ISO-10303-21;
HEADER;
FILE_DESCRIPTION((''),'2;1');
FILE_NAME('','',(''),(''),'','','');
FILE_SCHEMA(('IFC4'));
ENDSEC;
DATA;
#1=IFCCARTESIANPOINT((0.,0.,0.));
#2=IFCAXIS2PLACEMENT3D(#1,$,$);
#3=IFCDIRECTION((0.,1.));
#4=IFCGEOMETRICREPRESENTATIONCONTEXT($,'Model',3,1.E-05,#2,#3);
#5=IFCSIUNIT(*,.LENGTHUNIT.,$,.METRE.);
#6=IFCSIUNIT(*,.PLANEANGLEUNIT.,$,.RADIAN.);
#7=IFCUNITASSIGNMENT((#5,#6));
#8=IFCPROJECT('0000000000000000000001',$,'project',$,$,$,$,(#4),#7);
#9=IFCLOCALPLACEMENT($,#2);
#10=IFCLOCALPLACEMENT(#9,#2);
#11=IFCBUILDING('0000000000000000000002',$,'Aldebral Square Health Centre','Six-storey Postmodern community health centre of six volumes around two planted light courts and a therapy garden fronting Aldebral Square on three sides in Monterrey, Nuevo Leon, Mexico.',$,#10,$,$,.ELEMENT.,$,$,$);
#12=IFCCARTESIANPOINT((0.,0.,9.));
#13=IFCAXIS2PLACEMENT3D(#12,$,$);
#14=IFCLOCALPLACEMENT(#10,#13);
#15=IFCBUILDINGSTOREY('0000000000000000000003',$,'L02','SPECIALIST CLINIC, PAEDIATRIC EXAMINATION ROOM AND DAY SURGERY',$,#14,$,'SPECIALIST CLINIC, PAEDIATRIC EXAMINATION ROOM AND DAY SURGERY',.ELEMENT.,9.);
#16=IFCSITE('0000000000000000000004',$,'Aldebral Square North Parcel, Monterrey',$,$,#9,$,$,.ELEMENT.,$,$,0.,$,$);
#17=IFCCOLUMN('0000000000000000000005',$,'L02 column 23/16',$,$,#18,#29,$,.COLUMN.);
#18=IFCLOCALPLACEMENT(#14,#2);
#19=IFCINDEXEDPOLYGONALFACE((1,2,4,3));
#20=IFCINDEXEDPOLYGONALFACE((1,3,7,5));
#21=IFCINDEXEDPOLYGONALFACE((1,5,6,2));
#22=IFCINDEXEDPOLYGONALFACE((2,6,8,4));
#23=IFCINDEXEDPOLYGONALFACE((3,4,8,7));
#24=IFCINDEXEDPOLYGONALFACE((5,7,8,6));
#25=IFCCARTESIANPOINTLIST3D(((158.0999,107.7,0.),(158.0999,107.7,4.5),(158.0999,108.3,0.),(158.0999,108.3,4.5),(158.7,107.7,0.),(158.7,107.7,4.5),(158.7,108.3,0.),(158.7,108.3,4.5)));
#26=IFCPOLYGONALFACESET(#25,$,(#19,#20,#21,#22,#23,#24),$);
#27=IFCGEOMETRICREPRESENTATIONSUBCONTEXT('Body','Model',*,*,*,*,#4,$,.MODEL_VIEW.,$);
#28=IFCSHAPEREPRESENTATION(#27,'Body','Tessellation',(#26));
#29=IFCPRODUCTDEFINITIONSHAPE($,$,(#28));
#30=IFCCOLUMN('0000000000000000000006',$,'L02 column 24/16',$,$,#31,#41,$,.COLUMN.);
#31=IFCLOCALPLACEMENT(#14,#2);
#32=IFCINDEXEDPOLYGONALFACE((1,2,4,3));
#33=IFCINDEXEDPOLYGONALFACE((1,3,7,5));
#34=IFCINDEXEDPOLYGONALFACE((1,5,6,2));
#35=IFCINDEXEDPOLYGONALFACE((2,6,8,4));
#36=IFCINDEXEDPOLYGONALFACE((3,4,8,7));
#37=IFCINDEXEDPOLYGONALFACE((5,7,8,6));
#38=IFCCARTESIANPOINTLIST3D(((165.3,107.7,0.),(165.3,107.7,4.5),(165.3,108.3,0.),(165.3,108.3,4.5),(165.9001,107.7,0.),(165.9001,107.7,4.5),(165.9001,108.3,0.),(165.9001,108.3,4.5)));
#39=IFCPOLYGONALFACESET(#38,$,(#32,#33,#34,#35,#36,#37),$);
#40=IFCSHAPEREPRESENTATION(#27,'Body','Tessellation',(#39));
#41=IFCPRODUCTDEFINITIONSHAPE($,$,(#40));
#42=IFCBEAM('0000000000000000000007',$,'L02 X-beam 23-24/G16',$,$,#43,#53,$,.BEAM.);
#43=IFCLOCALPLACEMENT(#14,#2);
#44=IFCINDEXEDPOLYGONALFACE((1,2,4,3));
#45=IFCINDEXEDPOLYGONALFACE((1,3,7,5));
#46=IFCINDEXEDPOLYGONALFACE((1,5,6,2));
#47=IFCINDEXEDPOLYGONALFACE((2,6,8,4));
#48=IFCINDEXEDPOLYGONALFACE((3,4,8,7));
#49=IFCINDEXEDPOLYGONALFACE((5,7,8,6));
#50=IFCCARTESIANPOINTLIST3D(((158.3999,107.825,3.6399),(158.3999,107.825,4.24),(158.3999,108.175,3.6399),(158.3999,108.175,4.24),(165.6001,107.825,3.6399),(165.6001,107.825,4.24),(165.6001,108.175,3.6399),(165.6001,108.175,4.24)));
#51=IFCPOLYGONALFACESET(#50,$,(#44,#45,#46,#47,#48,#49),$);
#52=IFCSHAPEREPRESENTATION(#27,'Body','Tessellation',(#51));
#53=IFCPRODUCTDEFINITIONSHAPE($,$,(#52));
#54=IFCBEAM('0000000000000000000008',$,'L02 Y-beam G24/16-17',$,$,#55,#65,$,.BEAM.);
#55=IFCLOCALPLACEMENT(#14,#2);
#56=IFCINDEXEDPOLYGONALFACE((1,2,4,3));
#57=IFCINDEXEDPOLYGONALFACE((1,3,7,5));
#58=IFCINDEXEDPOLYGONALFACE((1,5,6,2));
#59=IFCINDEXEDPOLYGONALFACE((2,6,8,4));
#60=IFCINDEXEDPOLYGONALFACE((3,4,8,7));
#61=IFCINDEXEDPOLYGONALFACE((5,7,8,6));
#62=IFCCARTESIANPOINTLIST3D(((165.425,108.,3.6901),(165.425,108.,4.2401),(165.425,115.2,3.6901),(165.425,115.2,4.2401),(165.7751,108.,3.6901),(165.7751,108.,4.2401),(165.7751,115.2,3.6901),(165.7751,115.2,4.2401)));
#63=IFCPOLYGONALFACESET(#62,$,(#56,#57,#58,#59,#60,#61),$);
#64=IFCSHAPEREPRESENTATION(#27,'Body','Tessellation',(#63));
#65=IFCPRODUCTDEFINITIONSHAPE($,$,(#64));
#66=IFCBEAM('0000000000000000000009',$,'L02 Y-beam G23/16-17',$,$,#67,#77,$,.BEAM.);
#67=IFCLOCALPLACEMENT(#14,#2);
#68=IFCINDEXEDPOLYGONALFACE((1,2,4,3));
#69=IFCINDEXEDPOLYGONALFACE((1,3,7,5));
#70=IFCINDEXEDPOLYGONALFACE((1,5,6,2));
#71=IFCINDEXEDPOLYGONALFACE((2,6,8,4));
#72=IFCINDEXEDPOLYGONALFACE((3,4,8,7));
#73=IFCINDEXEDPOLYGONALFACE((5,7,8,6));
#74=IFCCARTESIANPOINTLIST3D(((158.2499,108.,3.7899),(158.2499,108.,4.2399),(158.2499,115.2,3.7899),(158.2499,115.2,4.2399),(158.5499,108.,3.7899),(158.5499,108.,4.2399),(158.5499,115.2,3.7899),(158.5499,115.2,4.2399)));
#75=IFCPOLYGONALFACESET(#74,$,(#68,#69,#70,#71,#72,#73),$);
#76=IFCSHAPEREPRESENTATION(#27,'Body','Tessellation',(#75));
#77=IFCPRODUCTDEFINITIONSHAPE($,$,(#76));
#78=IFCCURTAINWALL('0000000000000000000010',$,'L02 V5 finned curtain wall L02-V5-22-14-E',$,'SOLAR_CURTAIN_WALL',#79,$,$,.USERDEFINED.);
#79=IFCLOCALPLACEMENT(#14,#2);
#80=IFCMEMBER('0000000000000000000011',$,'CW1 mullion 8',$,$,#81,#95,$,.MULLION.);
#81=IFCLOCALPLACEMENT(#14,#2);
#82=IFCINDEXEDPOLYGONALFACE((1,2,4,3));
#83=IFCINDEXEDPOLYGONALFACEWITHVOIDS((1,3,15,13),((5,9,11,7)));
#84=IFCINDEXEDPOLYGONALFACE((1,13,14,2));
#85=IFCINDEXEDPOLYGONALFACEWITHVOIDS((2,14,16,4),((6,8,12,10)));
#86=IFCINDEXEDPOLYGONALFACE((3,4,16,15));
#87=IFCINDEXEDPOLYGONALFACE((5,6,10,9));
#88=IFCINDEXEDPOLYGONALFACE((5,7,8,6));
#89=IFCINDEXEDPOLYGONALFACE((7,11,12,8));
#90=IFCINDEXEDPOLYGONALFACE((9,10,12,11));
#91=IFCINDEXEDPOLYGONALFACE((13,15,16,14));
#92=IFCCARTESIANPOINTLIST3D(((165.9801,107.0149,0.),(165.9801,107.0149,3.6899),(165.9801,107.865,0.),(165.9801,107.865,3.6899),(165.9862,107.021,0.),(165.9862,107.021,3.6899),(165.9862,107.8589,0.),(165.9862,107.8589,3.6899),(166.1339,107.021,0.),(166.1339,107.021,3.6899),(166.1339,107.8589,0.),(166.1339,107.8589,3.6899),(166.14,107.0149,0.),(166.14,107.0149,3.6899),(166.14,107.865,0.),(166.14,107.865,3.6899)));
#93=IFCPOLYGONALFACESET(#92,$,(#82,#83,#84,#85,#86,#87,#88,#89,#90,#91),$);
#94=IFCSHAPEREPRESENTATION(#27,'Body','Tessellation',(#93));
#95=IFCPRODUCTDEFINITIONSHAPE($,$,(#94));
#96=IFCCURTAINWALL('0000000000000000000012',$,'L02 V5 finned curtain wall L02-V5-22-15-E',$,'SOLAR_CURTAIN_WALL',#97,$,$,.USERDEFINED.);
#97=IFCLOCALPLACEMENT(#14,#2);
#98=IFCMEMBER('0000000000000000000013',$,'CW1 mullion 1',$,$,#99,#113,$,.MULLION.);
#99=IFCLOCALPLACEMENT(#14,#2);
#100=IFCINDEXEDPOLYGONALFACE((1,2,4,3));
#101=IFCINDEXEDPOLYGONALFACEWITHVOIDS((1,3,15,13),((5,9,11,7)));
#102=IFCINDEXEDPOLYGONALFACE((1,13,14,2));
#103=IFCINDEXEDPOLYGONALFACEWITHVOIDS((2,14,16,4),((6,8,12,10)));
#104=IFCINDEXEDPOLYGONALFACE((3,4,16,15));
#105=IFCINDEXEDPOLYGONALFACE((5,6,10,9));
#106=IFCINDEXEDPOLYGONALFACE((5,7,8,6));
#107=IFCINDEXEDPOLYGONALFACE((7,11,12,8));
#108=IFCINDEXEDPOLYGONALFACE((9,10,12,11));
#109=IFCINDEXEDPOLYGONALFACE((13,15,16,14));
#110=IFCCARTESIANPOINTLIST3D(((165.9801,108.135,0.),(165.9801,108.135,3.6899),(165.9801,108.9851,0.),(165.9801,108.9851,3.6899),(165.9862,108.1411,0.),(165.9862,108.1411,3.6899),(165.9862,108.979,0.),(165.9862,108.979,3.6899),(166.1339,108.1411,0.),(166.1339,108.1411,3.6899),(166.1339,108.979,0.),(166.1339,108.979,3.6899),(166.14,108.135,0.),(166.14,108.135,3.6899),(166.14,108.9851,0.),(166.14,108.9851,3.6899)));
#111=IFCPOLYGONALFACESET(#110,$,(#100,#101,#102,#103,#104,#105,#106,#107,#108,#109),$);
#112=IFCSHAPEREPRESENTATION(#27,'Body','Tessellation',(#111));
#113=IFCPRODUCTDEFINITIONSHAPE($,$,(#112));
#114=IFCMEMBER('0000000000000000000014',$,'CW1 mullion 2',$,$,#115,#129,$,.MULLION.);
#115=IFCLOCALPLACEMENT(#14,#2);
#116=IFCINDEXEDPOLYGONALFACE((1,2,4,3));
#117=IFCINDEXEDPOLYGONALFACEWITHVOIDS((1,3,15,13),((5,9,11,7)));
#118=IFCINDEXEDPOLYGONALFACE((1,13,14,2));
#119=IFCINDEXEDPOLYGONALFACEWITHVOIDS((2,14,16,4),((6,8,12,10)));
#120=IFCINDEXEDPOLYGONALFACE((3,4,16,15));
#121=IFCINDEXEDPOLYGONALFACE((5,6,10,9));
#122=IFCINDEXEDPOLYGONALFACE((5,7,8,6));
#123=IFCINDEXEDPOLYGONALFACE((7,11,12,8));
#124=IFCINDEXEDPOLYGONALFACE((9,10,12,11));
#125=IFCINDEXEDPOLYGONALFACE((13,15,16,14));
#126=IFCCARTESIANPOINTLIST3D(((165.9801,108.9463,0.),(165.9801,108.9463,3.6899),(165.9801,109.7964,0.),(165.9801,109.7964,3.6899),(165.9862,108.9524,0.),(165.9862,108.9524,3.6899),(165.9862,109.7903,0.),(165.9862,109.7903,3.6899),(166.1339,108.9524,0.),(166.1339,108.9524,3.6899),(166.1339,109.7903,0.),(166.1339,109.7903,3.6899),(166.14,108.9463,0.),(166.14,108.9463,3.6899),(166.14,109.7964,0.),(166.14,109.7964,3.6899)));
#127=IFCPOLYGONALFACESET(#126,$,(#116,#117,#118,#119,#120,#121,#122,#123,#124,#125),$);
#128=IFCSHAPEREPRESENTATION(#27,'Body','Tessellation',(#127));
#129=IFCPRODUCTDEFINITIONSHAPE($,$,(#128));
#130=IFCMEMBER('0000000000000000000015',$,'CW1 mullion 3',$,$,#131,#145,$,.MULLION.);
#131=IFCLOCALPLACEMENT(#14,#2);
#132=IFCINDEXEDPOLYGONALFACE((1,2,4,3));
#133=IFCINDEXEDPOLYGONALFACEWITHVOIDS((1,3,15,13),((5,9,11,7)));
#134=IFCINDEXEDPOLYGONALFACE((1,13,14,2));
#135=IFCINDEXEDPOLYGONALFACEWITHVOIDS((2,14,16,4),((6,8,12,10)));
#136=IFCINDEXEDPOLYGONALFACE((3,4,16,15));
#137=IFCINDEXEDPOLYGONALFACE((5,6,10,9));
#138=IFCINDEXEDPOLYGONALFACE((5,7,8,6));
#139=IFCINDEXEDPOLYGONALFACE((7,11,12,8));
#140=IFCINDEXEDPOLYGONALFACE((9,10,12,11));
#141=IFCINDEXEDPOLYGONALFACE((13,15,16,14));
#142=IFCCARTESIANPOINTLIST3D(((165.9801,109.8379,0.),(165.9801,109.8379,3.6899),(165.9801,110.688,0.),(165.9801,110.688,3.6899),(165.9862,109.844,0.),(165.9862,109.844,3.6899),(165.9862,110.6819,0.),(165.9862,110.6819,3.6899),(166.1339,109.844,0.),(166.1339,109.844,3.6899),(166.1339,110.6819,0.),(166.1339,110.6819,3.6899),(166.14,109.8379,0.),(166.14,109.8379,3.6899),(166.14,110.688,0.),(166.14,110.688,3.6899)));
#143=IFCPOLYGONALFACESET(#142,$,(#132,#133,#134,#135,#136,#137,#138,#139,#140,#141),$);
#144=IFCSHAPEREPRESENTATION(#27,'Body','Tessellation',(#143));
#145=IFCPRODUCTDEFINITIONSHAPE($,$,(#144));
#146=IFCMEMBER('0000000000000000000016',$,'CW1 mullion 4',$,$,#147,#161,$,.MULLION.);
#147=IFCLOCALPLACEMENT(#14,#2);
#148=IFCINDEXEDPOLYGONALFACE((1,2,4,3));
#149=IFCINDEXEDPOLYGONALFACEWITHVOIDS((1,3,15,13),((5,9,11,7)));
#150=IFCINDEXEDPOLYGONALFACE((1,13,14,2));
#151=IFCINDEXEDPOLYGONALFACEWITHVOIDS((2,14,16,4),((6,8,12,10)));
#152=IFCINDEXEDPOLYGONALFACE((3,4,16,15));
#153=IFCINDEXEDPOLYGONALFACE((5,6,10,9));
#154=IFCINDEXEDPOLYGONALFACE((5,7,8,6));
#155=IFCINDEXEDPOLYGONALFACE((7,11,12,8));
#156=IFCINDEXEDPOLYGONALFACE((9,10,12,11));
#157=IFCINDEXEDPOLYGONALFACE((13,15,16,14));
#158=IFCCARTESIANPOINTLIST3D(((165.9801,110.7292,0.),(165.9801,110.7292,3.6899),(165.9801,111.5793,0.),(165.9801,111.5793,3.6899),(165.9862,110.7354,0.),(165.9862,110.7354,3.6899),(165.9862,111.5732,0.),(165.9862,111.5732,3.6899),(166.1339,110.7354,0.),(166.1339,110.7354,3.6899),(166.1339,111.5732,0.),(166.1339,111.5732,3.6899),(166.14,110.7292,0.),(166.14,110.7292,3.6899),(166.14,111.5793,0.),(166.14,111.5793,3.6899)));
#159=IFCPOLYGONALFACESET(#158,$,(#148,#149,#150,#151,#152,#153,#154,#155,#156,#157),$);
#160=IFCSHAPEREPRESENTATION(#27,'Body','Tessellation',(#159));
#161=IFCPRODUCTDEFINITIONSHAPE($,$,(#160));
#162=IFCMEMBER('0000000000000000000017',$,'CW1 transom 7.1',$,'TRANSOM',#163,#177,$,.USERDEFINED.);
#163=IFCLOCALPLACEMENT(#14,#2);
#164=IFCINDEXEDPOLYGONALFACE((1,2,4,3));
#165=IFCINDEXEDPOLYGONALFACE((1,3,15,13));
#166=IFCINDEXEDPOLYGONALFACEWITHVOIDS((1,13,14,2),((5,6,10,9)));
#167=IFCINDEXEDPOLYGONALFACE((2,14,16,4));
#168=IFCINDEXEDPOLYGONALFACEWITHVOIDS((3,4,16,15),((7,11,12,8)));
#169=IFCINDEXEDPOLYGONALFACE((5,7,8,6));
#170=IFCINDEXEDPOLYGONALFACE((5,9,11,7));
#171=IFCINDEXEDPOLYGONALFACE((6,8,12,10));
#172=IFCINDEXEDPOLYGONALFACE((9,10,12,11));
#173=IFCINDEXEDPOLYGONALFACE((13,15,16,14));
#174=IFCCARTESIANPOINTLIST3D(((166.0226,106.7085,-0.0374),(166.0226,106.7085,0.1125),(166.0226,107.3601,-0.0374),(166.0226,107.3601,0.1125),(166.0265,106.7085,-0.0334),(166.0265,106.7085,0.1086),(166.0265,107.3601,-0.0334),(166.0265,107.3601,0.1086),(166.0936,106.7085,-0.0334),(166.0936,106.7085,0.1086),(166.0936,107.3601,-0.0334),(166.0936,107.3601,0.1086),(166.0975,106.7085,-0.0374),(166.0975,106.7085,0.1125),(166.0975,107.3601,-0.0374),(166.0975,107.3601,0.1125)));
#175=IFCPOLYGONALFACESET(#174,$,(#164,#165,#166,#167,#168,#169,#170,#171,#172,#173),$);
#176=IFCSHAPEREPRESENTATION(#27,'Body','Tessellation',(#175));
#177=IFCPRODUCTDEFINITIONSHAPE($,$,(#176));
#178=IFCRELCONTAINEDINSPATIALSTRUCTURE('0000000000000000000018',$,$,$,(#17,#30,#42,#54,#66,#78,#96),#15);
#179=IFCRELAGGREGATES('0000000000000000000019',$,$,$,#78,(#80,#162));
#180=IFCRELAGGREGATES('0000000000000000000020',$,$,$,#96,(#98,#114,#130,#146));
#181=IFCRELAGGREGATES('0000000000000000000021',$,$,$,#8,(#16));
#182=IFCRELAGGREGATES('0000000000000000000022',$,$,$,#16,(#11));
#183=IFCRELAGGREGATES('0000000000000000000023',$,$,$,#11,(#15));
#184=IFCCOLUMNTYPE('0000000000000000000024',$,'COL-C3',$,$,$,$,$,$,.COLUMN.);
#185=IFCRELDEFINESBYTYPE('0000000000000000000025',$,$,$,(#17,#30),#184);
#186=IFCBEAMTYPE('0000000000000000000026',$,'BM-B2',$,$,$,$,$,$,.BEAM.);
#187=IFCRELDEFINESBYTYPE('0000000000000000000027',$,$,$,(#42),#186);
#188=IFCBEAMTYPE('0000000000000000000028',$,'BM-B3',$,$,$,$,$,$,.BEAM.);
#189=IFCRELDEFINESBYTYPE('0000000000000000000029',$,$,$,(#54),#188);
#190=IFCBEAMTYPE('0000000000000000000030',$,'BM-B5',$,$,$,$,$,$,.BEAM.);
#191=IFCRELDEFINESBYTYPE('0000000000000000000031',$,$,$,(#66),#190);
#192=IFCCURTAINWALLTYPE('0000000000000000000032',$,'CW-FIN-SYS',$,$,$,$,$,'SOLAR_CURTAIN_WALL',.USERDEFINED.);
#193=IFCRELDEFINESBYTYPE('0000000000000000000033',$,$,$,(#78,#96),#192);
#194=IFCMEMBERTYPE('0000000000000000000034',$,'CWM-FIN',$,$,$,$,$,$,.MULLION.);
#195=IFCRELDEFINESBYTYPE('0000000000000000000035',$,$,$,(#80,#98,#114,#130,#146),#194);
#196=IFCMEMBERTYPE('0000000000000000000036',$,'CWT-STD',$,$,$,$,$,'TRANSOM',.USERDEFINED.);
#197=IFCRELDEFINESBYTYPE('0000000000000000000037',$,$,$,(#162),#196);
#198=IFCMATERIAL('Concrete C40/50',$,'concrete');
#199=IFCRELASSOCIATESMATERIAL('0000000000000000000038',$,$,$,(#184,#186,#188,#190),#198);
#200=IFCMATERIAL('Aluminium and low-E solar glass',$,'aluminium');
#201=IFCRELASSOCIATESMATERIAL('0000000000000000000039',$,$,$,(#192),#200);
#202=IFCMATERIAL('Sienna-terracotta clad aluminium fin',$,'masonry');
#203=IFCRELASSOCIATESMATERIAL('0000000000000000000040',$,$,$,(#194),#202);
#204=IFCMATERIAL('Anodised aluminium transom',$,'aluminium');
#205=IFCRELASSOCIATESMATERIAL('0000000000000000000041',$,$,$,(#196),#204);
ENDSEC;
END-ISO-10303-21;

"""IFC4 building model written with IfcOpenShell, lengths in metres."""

from ifc_helpers import new_model, si_unit, direction, frame, origin, origin_2d, place, context, subcontext, project, spatial, rectangle, hollow_rectangle, extrude, material, material_profile, profile_set, type_object, element, aggregate, save


model = new_model("IFC4")

# Units and contexts
model_context = context("Model", 3, precision=1e-05, world=origin(), true_north=direction((0.0, 1.0)))
body_context = subcontext(model_context, "Body", "Model", "MODEL_VIEW")
ifc_project = project(units=[si_unit("LENGTHUNIT", "METRE"), si_unit("PLANEANGLEUNIT", "RADIAN")], contexts=[model_context])

# Site, building, storey
site_placement = place(None, origin())
site = spatial("IfcSite", under=ifc_project, at=site_placement, Name="Aldebral Square North Parcel, Monterrey", CompositionType="ELEMENT", RefElevation=0.0)
building_placement = place(site_placement, origin())
building = spatial("IfcBuilding", under=site, at=building_placement, Name="Aldebral Square Health Centre", Description="Six-storey Postmodern community health centre of six volumes around two planted light courts and a therapy garden fronting Aldebral Square on three sides in Monterrey, Nuevo Leon, Mexico.", CompositionType="ELEMENT")
storey_placement = place(building_placement, frame((0.0, 0.0, 9.0)))
storey = spatial("IfcBuildingStorey", under=building, at=storey_placement, Name="L02", Description="SPECIALIST CLINIC, PAEDIATRIC EXAMINATION ROOM AND DAY SURGERY", LongName="SPECIALIST CLINIC, PAEDIATRIC EXAMINATION ROOM AND DAY SURGERY", CompositionType="ELEMENT", Elevation=9.0)

# Columns
ifc_material_1 = material(Name="Concrete C40/50", Category="concrete")
ifc_material_profile_1 = material_profile(ifc_material_1, rectangle(XDim=0.6001, YDim=0.6001, at=origin_2d()), Name="RC 600x600")
ifc_profile_set_1 = profile_set([ifc_material_profile_1], Name="Concrete C40/50")
column_type = type_object("IfcColumnType", Name="COL-C3", PredefinedType="COLUMN", material=ifc_profile_set_1)
for number, where, z_axis, x_axis, name in (
    (1, (158.3999, 108.0, 0.0), (0.0, 0.0, 1.0), (1.0, 0.0, 0.0), "L02 column 23/16"),
    (2, (165.6001, 108.0, 0.0), (0.0, 0.0, 1.0), (1.0, 0.0, 0.0), "L02 column 24/16"),
):
    element("IfcColumn", number, at=place(storey_placement, frame(where, z_axis=z_axis, x_axis=x_axis)), inside=storey, type_object=column_type, Name=name, PredefinedType="COLUMN", context=body_context, shape_type="SweptSolid", body=[
        extrude(rectangle(XDim=0.6001, YDim=0.6001, at=origin_2d()), origin(), (0.0, 0.0, 1.0), 4.5),
    ])

# Beams
ifc_material_profile_2 = material_profile(ifc_material_1, rectangle(XDim=0.3501, YDim=0.6001, at=origin_2d()), Name="RC 350x600")
ifc_profile_set_2 = profile_set([ifc_material_profile_2], Name="Concrete C40/50")
beam_type_1 = type_object("IfcBeamType", Name="BM-B2", PredefinedType="BEAM", material=ifc_profile_set_2)
beam_1_placement = place(storey_placement, frame((158.3999, 108.0, 3.9399), z_axis=(1.0, 0.0, 0.0), x_axis=(0.0, 1.0, 0.0)))
element("IfcBeam", 3, at=beam_1_placement, inside=storey, type_object=beam_type_1, Name="L02 X-beam 23-24/G16", PredefinedType="BEAM", context=body_context, shape_type="SweptSolid", body=[
    extrude(rectangle(XDim=0.3501, YDim=0.6001, at=origin_2d()), origin(), (0.0, 0.0, 1.0), 7.2002),
])
ifc_material_profile_3 = material_profile(ifc_material_1, rectangle(XDim=0.3501, YDim=0.55, at=origin_2d()), Name="RC 350x550")
ifc_profile_set_3 = profile_set([ifc_material_profile_3], Name="Concrete C40/50")
beam_type_2 = type_object("IfcBeamType", Name="BM-B3", PredefinedType="BEAM", material=ifc_profile_set_3)
beam_2_placement = place(storey_placement, frame((165.6001, 108.0, 3.9651), z_axis=(0.0, 1.0, 0.0), x_axis=(-1.0, 0.0, 0.0)))
element("IfcBeam", 4, at=beam_2_placement, inside=storey, type_object=beam_type_2, Name="L02 Y-beam G24/16-17", PredefinedType="BEAM", context=body_context, shape_type="SweptSolid", body=[
    extrude(rectangle(XDim=0.3501, YDim=0.55, at=origin_2d()), origin(), (0.0, 0.0, 1.0), 7.2),
])
ifc_material_profile_4 = material_profile(ifc_material_1, rectangle(XDim=0.3, YDim=0.45, at=origin_2d()), Name="RC 300x450")
ifc_profile_set_4 = profile_set([ifc_material_profile_4], Name="Concrete C40/50")
beam_type_3 = type_object("IfcBeamType", Name="BM-B5", PredefinedType="BEAM", material=ifc_profile_set_4)
beam_3_placement = place(storey_placement, frame((158.3999, 108.0, 4.0149), z_axis=(0.0, 1.0, 0.0), x_axis=(-1.0, 0.0, 0.0)))
element("IfcBeam", 5, at=beam_3_placement, inside=storey, type_object=beam_type_3, Name="L02 Y-beam G23/16-17", PredefinedType="BEAM", context=body_context, shape_type="SweptSolid", body=[
    extrude(rectangle(XDim=0.3, YDim=0.45, at=origin_2d()), origin(), (0.0, 0.0, 1.0), 7.2),
])

# Curtain wall, member
ifc_material_2 = material(Name="Aluminium and low-E solar glass", Category="aluminium")
curtain_wall_type = type_object("IfcCurtainWallType", Name="CW-FIN-SYS", ElementType="SOLAR_CURTAIN_WALL", PredefinedType="USERDEFINED", material=ifc_material_2)
curtain_wall_1_placement = place(storey_placement, origin())
curtain_wall_1 = element("IfcCurtainWall", 6, at=curtain_wall_1_placement, inside=storey, type_object=curtain_wall_type, Name="L02 V5 finned curtain wall L02-V5-22-14-E", ObjectType="SOLAR_CURTAIN_WALL", PredefinedType="USERDEFINED")
ifc_material_3 = material(Name="Sienna-terracotta clad aluminium fin", Category="masonry")
ifc_material_profile_5 = material_profile(ifc_material_3, hollow_rectangle(XDim=0.1599, YDim=0.8501, WallThickness=0.0061, at=origin_2d()), Name="FIN 160x850x6")
ifc_profile_set_5 = profile_set([ifc_material_profile_5], Name="Sienna-terracotta clad aluminium fin")
member_type_1 = type_object("IfcMemberType", Name="CWM-FIN", PredefinedType="MULLION", material=ifc_profile_set_5)
member_1_placement = place(storey_placement, frame((166.0601, 107.4399, 0.0), z_axis=(0.0, 0.0, 1.0), x_axis=(-1.0, 0.0, 0.0)))
member_1 = element("IfcMember", 7, at=member_1_placement, type_object=member_type_1, Name="CW1 mullion 8", PredefinedType="MULLION", context=body_context, shape_type="SweptSolid", body=[
    extrude(hollow_rectangle(XDim=0.1599, YDim=0.8501, WallThickness=0.0061, at=origin_2d()), origin(), (0.0, 0.0, 1.0), 3.6899),
])

# Curtain wall, members
curtain_wall_2_placement = place(storey_placement, origin())
curtain_wall_2 = element("IfcCurtainWall", 8, at=curtain_wall_2_placement, inside=storey, type_object=curtain_wall_type, Name="L02 V5 finned curtain wall L02-V5-22-15-E", ObjectType="SOLAR_CURTAIN_WALL", PredefinedType="USERDEFINED")
member_2_placement = place(storey_placement, frame((166.0601, 108.5601, 0.0), z_axis=(0.0, 0.0, 1.0), x_axis=(-1.0, 0.0, 0.0)))
member_2 = element("IfcMember", 9, at=member_2_placement, type_object=member_type_1, Name="CW1 mullion 1", PredefinedType="MULLION", context=body_context, shape_type="SweptSolid", body=[
    extrude(hollow_rectangle(XDim=0.1599, YDim=0.8501, WallThickness=0.0061, at=origin_2d()), origin(), (0.0, 0.0, 1.0), 3.6899),
])
member_3_placement = place(storey_placement, frame((166.0601, 109.3713, 0.0), z_axis=(0.0, 0.0, 1.0), x_axis=(-1.0, 0.0, 0.0)))
member_3 = element("IfcMember", 10, at=member_3_placement, type_object=member_type_1, Name="CW1 mullion 2", PredefinedType="MULLION", context=body_context, shape_type="SweptSolid", body=[
    extrude(hollow_rectangle(XDim=0.1599, YDim=0.8501, WallThickness=0.0061, at=origin_2d()), origin(), (0.0, 0.0, 1.0), 3.6899),
])
member_4_placement = place(storey_placement, frame((166.0601, 110.2629, 0.0), z_axis=(0.0, 0.0, 1.0), x_axis=(-1.0, 0.0, 0.0)))
member_4 = element("IfcMember", 11, at=member_4_placement, type_object=member_type_1, Name="CW1 mullion 3", PredefinedType="MULLION", context=body_context, shape_type="SweptSolid", body=[
    extrude(hollow_rectangle(XDim=0.1599, YDim=0.8501, WallThickness=0.0061, at=origin_2d()), origin(), (0.0, 0.0, 1.0), 3.6899),
])
member_5_placement = place(storey_placement, frame((166.0601, 111.1543, 0.0), z_axis=(0.0, 0.0, 1.0), x_axis=(-1.0, 0.0, 0.0)))
member_5 = element("IfcMember", 12, at=member_5_placement, type_object=member_type_1, Name="CW1 mullion 4", PredefinedType="MULLION", context=body_context, shape_type="SweptSolid", body=[
    extrude(hollow_rectangle(XDim=0.1599, YDim=0.8501, WallThickness=0.0061, at=origin_2d()), origin(), (0.0, 0.0, 1.0), 3.6899),
])

# Member
ifc_material_4 = material(Name="Anodised aluminium transom", Category="aluminium")
ifc_material_profile_6 = material_profile(ifc_material_4, hollow_rectangle(XDim=0.075, YDim=0.1499, WallThickness=0.0039, at=origin_2d()), Name="CWT 75x150x4")
ifc_profile_set_6 = profile_set([ifc_material_profile_6], Name="Anodised aluminium transom")
member_type_2 = type_object("IfcMemberType", Name="CWT-STD", ElementType="TRANSOM", PredefinedType="USERDEFINED", material=ifc_profile_set_6)
member_6_placement = place(storey_placement, frame((166.0601, 106.7085, 0.0376), z_axis=(0.0, 1.0, 0.0), x_axis=(-1.0, 0.0, 0.0)))
member_6 = element("IfcMember", 13, at=member_6_placement, type_object=member_type_2, Name="CW1 transom 7.1", ObjectType="TRANSOM", PredefinedType="USERDEFINED", context=body_context, shape_type="SweptSolid", body=[
    extrude(hollow_rectangle(XDim=0.075, YDim=0.1499, WallThickness=0.0039, at=origin_2d()), origin(), (0.0, 0.0, 1.0), 0.6516),
])

aggregate(curtain_wall_1, [member_1, member_6])
aggregate(curtain_wall_2, [member_2, member_3, member_4, member_5])

save(model, "model.ifc")
